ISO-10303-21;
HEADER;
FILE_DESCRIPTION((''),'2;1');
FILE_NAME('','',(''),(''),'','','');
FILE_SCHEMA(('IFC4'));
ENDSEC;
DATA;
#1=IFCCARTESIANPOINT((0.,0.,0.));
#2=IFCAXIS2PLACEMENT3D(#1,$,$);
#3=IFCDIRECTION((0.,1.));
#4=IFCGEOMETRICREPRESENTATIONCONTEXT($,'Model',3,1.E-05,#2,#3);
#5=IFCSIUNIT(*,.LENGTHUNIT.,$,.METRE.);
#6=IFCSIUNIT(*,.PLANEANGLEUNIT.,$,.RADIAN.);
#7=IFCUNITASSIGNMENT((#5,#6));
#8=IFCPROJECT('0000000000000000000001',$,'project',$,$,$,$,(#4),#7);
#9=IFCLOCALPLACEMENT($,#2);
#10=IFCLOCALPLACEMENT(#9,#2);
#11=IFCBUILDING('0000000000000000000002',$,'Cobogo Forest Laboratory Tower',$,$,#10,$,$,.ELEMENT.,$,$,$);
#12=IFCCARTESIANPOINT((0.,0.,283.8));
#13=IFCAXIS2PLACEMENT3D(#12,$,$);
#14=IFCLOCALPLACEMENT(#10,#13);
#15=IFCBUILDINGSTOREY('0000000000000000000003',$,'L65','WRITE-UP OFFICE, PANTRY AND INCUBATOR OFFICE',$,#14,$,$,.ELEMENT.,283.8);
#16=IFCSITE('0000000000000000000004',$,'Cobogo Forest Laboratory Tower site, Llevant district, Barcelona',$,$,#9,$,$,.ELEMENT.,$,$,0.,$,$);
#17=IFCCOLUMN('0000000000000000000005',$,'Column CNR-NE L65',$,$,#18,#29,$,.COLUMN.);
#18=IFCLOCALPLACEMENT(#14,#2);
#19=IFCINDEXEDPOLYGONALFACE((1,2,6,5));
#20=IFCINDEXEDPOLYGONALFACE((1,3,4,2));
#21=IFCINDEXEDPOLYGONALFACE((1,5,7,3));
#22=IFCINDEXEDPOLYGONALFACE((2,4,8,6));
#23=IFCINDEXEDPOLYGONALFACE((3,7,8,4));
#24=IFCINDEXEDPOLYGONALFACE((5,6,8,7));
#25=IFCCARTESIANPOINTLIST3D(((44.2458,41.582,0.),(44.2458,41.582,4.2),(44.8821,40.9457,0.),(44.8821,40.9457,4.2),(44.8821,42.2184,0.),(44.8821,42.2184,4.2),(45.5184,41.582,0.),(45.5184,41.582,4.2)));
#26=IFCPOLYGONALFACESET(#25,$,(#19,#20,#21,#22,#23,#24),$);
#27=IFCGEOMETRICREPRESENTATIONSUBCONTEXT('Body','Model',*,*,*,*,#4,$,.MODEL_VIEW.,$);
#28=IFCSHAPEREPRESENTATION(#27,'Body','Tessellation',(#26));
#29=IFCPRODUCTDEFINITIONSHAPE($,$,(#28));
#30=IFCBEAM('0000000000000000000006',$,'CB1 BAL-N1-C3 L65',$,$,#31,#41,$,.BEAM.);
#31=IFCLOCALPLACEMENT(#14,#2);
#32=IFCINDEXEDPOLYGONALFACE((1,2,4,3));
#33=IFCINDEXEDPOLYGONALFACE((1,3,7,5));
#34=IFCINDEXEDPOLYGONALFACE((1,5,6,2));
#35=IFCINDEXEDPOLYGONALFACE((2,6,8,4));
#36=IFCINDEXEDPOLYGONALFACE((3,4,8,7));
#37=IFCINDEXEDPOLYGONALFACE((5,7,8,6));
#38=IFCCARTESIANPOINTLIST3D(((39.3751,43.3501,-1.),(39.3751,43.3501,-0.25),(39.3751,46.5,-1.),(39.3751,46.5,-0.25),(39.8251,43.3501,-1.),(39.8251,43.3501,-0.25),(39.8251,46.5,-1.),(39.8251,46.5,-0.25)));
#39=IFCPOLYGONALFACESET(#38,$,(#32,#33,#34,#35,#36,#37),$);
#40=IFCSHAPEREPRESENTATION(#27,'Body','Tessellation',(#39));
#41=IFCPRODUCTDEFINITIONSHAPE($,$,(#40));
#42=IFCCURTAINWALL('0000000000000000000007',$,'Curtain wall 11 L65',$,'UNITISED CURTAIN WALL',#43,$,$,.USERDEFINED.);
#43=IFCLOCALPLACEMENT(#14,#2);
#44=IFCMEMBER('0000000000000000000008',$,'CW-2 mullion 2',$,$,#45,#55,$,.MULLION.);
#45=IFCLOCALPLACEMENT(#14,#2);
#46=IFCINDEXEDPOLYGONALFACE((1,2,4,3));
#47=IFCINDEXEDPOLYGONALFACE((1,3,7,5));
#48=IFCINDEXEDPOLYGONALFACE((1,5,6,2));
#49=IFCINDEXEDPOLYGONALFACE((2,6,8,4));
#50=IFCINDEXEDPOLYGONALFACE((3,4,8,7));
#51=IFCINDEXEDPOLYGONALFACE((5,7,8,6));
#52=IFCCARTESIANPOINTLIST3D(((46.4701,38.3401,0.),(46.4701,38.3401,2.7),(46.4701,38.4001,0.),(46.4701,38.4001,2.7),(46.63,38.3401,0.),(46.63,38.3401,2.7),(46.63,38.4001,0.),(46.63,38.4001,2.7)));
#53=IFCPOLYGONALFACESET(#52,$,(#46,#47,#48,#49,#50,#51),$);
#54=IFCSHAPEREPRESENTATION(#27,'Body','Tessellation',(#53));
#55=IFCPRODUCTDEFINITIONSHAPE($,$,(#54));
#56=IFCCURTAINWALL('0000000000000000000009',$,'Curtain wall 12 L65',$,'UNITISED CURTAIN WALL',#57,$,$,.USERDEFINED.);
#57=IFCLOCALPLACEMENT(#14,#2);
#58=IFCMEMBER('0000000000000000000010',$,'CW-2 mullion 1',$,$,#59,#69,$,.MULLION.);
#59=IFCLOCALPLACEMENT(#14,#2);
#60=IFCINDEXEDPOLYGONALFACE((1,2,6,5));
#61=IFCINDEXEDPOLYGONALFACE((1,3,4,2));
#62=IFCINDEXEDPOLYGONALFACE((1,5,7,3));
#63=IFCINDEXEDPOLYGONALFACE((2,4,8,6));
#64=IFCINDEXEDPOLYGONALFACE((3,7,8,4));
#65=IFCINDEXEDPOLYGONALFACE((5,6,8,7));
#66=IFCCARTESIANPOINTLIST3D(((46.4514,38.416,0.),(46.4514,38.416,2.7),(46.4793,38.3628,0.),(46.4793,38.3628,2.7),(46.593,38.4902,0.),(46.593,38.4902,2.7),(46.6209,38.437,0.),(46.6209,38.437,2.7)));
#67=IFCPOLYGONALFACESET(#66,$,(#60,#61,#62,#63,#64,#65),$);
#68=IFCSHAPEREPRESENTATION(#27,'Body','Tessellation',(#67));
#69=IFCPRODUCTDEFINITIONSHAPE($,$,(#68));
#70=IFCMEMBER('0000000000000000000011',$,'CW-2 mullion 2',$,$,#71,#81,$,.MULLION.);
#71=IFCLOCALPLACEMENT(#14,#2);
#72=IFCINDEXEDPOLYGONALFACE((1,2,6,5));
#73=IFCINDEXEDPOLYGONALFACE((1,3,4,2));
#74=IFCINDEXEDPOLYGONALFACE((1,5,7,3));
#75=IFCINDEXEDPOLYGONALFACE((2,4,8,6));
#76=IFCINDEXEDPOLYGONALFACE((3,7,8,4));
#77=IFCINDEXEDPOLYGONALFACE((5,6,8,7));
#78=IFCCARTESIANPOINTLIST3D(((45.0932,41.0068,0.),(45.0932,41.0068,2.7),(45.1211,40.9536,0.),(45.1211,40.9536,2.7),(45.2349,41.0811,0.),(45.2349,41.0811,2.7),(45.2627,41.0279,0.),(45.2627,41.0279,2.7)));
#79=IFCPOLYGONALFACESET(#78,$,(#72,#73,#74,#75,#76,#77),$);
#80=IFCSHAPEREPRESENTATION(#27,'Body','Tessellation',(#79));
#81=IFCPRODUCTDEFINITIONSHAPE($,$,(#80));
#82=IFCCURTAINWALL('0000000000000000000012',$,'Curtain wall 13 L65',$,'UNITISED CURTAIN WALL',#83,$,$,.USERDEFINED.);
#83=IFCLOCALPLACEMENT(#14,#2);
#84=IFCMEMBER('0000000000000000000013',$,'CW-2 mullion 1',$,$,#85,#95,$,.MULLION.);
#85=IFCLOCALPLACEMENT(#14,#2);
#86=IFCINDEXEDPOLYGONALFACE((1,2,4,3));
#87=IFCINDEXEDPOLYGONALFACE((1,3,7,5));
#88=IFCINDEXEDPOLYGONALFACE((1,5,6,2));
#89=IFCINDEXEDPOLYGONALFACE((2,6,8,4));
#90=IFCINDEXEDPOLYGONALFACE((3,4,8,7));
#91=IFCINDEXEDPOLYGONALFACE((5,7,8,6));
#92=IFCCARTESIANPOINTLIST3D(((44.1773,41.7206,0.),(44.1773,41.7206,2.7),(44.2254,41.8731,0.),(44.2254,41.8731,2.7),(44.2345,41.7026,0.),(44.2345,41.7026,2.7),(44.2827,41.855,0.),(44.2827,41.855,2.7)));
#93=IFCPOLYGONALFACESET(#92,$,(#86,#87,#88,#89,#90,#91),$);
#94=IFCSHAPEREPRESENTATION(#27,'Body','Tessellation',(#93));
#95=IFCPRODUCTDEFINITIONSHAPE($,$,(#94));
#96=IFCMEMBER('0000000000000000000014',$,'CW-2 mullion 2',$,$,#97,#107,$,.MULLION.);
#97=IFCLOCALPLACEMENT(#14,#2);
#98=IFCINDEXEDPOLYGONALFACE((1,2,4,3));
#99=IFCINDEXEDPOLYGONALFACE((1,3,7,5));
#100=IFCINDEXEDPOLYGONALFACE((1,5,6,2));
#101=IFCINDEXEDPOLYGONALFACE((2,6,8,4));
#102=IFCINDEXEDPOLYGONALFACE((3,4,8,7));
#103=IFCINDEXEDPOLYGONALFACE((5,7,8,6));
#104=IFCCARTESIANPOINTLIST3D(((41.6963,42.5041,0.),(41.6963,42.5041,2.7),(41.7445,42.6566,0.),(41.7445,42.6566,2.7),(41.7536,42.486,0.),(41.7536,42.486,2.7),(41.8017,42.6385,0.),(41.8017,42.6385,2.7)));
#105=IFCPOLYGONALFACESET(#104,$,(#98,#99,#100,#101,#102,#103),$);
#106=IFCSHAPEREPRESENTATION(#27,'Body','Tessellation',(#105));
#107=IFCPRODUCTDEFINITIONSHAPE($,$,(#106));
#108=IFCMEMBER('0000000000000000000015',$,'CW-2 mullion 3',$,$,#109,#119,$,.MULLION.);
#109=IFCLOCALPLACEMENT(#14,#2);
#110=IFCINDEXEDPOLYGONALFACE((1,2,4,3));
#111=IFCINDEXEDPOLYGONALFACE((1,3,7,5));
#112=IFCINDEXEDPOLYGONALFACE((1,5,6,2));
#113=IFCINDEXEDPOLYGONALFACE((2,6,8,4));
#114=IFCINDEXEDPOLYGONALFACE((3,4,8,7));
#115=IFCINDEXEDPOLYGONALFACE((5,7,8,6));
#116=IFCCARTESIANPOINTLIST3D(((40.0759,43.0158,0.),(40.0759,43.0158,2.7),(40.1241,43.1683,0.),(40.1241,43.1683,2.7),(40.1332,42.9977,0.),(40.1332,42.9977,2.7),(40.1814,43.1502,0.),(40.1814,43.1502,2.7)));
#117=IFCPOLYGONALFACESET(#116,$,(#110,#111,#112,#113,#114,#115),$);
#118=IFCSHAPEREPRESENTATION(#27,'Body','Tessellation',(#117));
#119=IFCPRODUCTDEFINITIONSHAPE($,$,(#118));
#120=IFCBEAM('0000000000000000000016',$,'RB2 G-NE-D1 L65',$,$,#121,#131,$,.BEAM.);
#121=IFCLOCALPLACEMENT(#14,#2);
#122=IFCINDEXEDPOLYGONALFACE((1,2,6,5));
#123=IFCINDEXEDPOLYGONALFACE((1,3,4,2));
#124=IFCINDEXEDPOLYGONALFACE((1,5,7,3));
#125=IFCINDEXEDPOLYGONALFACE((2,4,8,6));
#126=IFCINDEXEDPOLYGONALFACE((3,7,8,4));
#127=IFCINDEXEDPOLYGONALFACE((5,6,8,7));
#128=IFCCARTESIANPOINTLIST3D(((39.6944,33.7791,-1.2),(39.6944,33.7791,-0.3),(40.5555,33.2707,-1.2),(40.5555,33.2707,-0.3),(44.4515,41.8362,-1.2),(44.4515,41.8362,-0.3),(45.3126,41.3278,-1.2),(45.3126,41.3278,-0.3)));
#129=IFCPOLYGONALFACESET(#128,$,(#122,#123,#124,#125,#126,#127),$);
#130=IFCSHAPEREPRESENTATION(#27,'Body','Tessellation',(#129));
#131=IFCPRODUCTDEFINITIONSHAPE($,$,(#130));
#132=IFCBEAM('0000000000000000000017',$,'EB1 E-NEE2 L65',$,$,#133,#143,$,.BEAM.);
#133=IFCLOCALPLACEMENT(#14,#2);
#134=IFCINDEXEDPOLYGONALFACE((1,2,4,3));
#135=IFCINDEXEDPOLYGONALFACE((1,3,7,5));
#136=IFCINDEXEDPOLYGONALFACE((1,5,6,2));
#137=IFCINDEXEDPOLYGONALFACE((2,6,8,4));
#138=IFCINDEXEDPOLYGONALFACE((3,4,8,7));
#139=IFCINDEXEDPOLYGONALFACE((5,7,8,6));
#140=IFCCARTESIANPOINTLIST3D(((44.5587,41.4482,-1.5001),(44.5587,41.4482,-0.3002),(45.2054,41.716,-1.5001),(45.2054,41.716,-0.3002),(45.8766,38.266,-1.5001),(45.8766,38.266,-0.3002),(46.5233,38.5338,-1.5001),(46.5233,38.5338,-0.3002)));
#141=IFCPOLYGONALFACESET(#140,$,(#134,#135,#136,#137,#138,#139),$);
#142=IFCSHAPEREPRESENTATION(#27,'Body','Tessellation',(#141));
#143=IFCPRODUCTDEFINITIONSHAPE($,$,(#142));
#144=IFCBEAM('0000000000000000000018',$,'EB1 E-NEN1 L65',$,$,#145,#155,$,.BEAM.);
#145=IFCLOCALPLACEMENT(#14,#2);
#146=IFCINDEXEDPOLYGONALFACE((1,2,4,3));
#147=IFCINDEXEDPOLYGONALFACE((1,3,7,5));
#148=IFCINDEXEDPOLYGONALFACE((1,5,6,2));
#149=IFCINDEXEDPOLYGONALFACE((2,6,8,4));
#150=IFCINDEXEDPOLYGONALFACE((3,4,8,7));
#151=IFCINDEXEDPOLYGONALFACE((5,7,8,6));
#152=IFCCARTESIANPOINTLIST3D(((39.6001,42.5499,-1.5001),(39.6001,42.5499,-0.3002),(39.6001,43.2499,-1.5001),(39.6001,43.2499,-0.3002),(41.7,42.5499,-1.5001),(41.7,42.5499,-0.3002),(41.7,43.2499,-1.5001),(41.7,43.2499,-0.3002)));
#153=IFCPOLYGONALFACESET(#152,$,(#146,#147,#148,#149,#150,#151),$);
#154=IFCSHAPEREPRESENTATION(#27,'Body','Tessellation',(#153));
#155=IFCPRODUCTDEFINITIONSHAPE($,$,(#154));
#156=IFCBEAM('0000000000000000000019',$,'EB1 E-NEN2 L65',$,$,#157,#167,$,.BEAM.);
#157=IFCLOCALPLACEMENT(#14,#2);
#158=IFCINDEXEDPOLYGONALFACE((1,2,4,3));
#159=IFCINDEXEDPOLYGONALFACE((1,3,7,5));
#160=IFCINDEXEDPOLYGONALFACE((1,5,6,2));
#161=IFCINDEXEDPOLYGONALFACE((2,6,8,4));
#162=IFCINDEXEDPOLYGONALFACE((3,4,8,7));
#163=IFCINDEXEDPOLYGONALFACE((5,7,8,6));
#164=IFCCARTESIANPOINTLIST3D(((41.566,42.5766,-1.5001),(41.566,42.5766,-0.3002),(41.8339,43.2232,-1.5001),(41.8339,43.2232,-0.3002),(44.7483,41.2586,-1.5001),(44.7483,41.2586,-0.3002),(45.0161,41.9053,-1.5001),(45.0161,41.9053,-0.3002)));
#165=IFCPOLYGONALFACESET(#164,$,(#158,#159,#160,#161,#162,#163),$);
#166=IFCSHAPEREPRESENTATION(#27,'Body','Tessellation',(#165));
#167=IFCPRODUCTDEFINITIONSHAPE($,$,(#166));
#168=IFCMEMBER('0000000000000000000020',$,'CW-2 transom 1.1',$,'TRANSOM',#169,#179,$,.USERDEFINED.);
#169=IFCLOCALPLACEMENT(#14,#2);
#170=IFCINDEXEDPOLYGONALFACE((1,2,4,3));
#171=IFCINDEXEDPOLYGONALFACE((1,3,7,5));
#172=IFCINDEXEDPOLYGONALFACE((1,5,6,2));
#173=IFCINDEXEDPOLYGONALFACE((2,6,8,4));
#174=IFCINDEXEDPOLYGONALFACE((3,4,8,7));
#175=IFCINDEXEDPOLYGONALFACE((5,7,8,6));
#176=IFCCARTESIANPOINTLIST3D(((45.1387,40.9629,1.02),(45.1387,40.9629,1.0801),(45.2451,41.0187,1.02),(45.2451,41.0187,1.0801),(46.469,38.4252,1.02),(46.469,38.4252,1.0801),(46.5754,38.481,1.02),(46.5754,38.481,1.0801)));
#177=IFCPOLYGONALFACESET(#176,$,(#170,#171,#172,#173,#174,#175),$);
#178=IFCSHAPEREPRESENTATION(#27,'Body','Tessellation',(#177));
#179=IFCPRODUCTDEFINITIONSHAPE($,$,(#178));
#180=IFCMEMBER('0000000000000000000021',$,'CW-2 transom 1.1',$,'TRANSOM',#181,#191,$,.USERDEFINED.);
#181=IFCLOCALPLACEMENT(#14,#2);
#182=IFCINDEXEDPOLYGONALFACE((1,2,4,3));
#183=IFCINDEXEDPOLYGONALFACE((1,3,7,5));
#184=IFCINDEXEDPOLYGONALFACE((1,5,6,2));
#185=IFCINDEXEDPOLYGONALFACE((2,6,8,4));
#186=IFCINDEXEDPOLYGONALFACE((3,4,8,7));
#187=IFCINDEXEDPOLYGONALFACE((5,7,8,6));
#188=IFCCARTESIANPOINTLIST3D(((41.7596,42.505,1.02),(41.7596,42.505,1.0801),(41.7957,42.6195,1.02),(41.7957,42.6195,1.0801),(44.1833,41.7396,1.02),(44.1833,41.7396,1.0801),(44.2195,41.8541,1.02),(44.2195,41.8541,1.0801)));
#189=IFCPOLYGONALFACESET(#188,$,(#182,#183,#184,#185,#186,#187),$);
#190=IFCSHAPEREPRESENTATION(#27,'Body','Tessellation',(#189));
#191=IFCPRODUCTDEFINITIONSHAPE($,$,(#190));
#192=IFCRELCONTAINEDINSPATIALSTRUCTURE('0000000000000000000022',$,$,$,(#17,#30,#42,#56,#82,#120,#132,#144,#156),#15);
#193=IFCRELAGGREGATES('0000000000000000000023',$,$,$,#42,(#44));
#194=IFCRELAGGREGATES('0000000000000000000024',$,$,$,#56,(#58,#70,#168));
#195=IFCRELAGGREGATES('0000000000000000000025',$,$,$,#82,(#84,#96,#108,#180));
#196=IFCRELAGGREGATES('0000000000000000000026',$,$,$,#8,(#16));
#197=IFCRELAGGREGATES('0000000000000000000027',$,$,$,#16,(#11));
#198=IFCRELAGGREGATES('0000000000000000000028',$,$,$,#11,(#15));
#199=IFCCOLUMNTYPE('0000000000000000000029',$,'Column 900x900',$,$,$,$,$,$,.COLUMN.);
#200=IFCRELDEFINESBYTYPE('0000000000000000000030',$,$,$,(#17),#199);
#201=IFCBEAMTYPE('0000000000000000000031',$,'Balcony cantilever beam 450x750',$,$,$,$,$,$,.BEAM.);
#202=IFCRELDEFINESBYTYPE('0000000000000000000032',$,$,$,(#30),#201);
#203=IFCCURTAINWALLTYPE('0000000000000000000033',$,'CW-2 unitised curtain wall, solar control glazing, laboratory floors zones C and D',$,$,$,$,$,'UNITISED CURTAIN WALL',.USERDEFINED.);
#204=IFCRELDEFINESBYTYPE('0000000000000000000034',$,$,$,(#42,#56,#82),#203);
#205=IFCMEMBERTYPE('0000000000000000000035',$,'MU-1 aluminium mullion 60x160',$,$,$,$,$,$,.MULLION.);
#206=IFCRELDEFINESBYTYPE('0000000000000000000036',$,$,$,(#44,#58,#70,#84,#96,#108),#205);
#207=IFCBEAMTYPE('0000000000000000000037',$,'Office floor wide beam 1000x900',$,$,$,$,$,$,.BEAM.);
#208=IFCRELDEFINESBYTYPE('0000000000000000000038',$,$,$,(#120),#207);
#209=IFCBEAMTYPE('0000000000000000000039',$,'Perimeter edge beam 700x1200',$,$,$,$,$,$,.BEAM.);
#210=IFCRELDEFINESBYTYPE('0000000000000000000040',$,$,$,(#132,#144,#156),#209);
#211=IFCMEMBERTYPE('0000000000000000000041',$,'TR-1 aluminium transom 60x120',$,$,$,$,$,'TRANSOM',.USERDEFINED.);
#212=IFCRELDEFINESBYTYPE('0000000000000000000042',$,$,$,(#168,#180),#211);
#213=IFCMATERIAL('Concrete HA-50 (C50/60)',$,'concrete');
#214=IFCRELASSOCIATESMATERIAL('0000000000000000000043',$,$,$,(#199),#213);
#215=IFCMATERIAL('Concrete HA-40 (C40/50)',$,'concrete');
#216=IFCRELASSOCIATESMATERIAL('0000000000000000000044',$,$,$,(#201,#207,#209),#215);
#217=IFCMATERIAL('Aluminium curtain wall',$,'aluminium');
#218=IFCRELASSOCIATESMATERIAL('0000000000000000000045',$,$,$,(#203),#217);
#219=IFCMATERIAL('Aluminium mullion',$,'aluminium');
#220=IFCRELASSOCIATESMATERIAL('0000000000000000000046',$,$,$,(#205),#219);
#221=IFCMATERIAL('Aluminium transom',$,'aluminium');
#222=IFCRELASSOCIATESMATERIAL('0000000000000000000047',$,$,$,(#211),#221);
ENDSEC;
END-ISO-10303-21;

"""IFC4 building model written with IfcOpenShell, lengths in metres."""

from ifc_helpers import new_model, si_unit, direction, frame, origin, origin_2d, place, context, subcontext, project, spatial, rectangle, extrude, material, material_profile, profile_set, type_object, element, aggregate, save


model = new_model("IFC4")

# Units and contexts
model_context = context("Model", 3, precision=1e-05, world=origin(), true_north=direction((0.0, 1.0)))
body_context = subcontext(model_context, "Body", "Model", "MODEL_VIEW")
ifc_project = project(units=[si_unit("LENGTHUNIT", "METRE"), si_unit("PLANEANGLEUNIT", "RADIAN")], contexts=[model_context])

# Site, building, storey
site_placement = place(None, origin())
site = spatial("IfcSite", under=ifc_project, at=site_placement, Name="Cobogo Forest Laboratory Tower site, Llevant district, Barcelona", CompositionType="ELEMENT", RefElevation=0.0)
building_placement = place(site_placement, origin())
building = spatial("IfcBuilding", under=site, at=building_placement, Name="Cobogo Forest Laboratory Tower", CompositionType="ELEMENT")
storey_placement = place(building_placement, frame((0.0, 0.0, 283.8)))
storey = spatial("IfcBuildingStorey", under=building, at=storey_placement, Name="L65", Description="WRITE-UP OFFICE, PANTRY AND INCUBATOR OFFICE", CompositionType="ELEMENT", Elevation=283.8)

# Column
ifc_material_1 = material(Name="Concrete HA-50 (C50/60)", Category="concrete")
ifc_material_profile_1 = material_profile(ifc_material_1, rectangle(XDim=0.8999, YDim=0.8999, at=origin_2d()), Name="RC 900x900")
ifc_profile_set_1 = profile_set([ifc_material_profile_1], Name="Concrete HA-50 (C50/60)")
column_type = type_object("IfcColumnType", Name="Column 900x900", PredefinedType="COLUMN", material=ifc_profile_set_1)
column_placement = place(storey_placement, frame((44.8821, 41.582, 0.0), z_axis=(0.0, 0.0, 1.0), x_axis=(0.707107, 0.707107, 0.0)))
element("IfcColumn", 1, at=column_placement, inside=storey, type_object=column_type, Name="Column CNR-NE L65", PredefinedType="COLUMN", context=body_context, shape_type="SweptSolid", body=[
    extrude(rectangle(XDim=0.8999, YDim=0.8999, at=origin_2d()), origin(), (0.0, 0.0, 1.0), 4.2),
])

# Beam
ifc_material_2 = material(Name="Concrete HA-40 (C40/50)", Category="concrete")
ifc_material_profile_2 = material_profile(ifc_material_2, rectangle(XDim=0.45, YDim=0.75, at=origin_2d()), Name="RC 450x750")
ifc_profile_set_2 = profile_set([ifc_material_profile_2], Name="Concrete HA-40 (C40/50)")
beam_type_1 = type_object("IfcBeamType", Name="Balcony cantilever beam 450x750", PredefinedType="BEAM", material=ifc_profile_set_2)
beam_1_placement = place(storey_placement, frame((39.6001, 43.3501, -0.625), z_axis=(0.0, 1.0, 0.0), x_axis=(-1.0, 0.0, 0.0)))
element("IfcBeam", 2, at=beam_1_placement, inside=storey, type_object=beam_type_1, Name="CB1 BAL-N1-C3 L65", PredefinedType="BEAM", context=body_context, shape_type="SweptSolid", body=[
    extrude(rectangle(XDim=0.45, YDim=0.75, at=origin_2d()), origin(), (0.0, 0.0, 1.0), 3.1499),
])

# Curtain wall, member
ifc_material_3 = material(Name="Aluminium curtain wall", Category="aluminium")
curtain_wall_type = type_object("IfcCurtainWallType", Name="CW-2 unitised curtain wall, solar control glazing, laboratory floors zones C and D", ElementType="UNITISED CURTAIN WALL", PredefinedType="USERDEFINED", material=ifc_material_3)
curtain_wall_1_placement = place(storey_placement, origin())
curtain_wall_1 = element("IfcCurtainWall", 3, at=curtain_wall_1_placement, inside=storey, type_object=curtain_wall_type, Name="Curtain wall 11 L65", ObjectType="UNITISED CURTAIN WALL", PredefinedType="USERDEFINED")
ifc_material_4 = material(Name="Aluminium mullion", Category="aluminium")
ifc_material_profile_3 = material_profile(ifc_material_4, rectangle(XDim=0.0601, YDim=0.1599, at=origin_2d()), Name="AL 60x160")
ifc_profile_set_3 = profile_set([ifc_material_profile_3], Name="Aluminium mullion")
member_type_1 = type_object("IfcMemberType", Name="MU-1 aluminium mullion 60x160", PredefinedType="MULLION", material=ifc_profile_set_3)
member_1_placement = place(storey_placement, frame((46.55, 38.3701, 0.0), z_axis=(0.0, 0.0, 1.0), x_axis=(0.0, 1.0, 0.0)))
member_1 = element("IfcMember", 4, at=member_1_placement, type_object=member_type_1, Name="CW-2 mullion 2", PredefinedType="MULLION", context=body_context, shape_type="SweptSolid", body=[
    extrude(rectangle(XDim=0.0601, YDim=0.1599, at=origin_2d()), origin(), (0.0, 0.0, 1.0), 2.7),
])

# Curtain walls, members
curtain_wall_2_placement = place(storey_placement, origin())
curtain_wall_2 = element("IfcCurtainWall", 5, at=curtain_wall_2_placement, inside=storey, type_object=curtain_wall_type, Name="Curtain wall 12 L65", ObjectType="UNITISED CURTAIN WALL", PredefinedType="USERDEFINED")
member_2_placement = place(storey_placement, frame((46.5361, 38.4265, 0.0), z_axis=(0.0, 0.0, 1.0), x_axis=(-0.464284, 0.885686, 0.0)))
member_2 = element("IfcMember", 6, at=member_2_placement, type_object=member_type_1, Name="CW-2 mullion 1", PredefinedType="MULLION", context=body_context, shape_type="SweptSolid", body=[
    extrude(rectangle(XDim=0.0601, YDim=0.1599, at=origin_2d()), origin(), (0.0, 0.0, 1.0), 2.7),
])
member_3_placement = place(storey_placement, frame((45.178, 41.0173, 0.0), z_axis=(0.0, 0.0, 1.0), x_axis=(-0.464284, 0.885686, 0.0)))
member_3 = element("IfcMember", 7, at=member_3_placement, type_object=member_type_1, Name="CW-2 mullion 2", PredefinedType="MULLION", context=body_context, shape_type="SweptSolid", body=[
    extrude(rectangle(XDim=0.0601, YDim=0.1599, at=origin_2d()), origin(), (0.0, 0.0, 1.0), 2.7),
])
curtain_wall_3_placement = place(storey_placement, origin())
curtain_wall_3 = element("IfcCurtainWall", 8, at=curtain_wall_3_placement, inside=storey, type_object=curtain_wall_type, Name="Curtain wall 13 L65", ObjectType="UNITISED CURTAIN WALL", PredefinedType="USERDEFINED")
member_4_placement = place(storey_placement, frame((44.23, 41.7878, 0.0), z_axis=(0.0, 0.0, 1.0), x_axis=(-0.953581, 0.301135, 0.0)))
member_4 = element("IfcMember", 9, at=member_4_placement, type_object=member_type_1, Name="CW-2 mullion 1", PredefinedType="MULLION", context=body_context, shape_type="SweptSolid", body=[
    extrude(rectangle(XDim=0.0601, YDim=0.1599, at=origin_2d()), origin(), (0.0, 0.0, 1.0), 2.7),
])
member_5_placement = place(storey_placement, frame((41.749, 42.5713, 0.0), z_axis=(0.0, 0.0, 1.0), x_axis=(-0.953581, 0.301135, 0.0)))
member_5 = element("IfcMember", 10, at=member_5_placement, type_object=member_type_1, Name="CW-2 mullion 2", PredefinedType="MULLION", context=body_context, shape_type="SweptSolid", body=[
    extrude(rectangle(XDim=0.0601, YDim=0.1599, at=origin_2d()), origin(), (0.0, 0.0, 1.0), 2.7),
])
member_6_placement = place(storey_placement, frame((40.1287, 43.083, 0.0), z_axis=(0.0, 0.0, 1.0), x_axis=(-0.953581, 0.301135, 0.0)))
member_6 = element("IfcMember", 11, at=member_6_placement, type_object=member_type_1, Name="CW-2 mullion 3", PredefinedType="MULLION", context=body_context, shape_type="SweptSolid", body=[
    extrude(rectangle(XDim=0.0601, YDim=0.1599, at=origin_2d()), origin(), (0.0, 0.0, 1.0), 2.7),
])

# Beams
ifc_material_profile_4 = material_profile(ifc_material_2, rectangle(XDim=1.0, YDim=0.8999, at=origin_2d()), Name="RC 1000x900")
ifc_profile_set_4 = profile_set([ifc_material_profile_4], Name="Concrete HA-40 (C40/50)")
beam_type_2 = type_object("IfcBeamType", Name="Office floor wide beam 1000x900", PredefinedType="BEAM", material=ifc_profile_set_4)
beam_2_placement = place(storey_placement, frame((44.8821, 41.582, -0.75), z_axis=(-0.508416, -0.861111, 0.0), x_axis=(0.861111, -0.508416, 0.0)))
element("IfcBeam", 12, at=beam_2_placement, inside=storey, type_object=beam_type_2, Name="RB2 G-NE-D1 L65", PredefinedType="BEAM", context=body_context, shape_type="SweptSolid", body=[
    extrude(rectangle(XDim=1.0, YDim=0.8999, at=origin_2d()), origin(), (0.0, 0.0, 1.0), 9.3567),
])
ifc_material_profile_5 = material_profile(ifc_material_2, rectangle(XDim=0.7, YDim=1.2, at=origin_2d()), Name="RC 700x1200")
ifc_profile_set_5 = profile_set([ifc_material_profile_5], Name="Concrete HA-40 (C40/50)")
beam_type_3 = type_object("IfcBeamType", Name="Perimeter edge beam 700x1200", PredefinedType="BEAM", material=ifc_profile_set_5)
beam_3_placement = place(storey_placement, frame((46.2, 38.3999, -0.9001), z_axis=(-0.382631, 0.923901, 0.0), x_axis=(-0.923901, -0.382631, 0.0)))
element("IfcBeam", 13, at=beam_3_placement, inside=storey, type_object=beam_type_3, Name="EB1 E-NEE2 L65", PredefinedType="BEAM", context=body_context, shape_type="SweptSolid", body=[
    extrude(rectangle(XDim=0.7, YDim=1.2, at=origin_2d()), origin(), (0.0, 0.0, 1.0), 3.4443),
])
beam_4_placement = place(storey_placement, frame((39.6001, 42.8999, -0.9001), z_axis=(1.0, 0.0, 0.0), x_axis=(0.0, 1.0, 0.0)))
element("IfcBeam", 14, at=beam_4_placement, inside=storey, type_object=beam_type_3, Name="EB1 E-NEN1 L65", PredefinedType="BEAM", context=body_context, shape_type="SweptSolid", body=[
    extrude(rectangle(XDim=0.7, YDim=1.2, at=origin_2d()), origin(), (0.0, 0.0, 1.0), 2.0999),
])
beam_5_placement = place(storey_placement, frame((41.7, 42.8999, -0.9001), z_axis=(0.923901, -0.382631, 0.0), x_axis=(0.382631, 0.923901, 0.0)))
element("IfcBeam", 15, at=beam_5_placement, inside=storey, type_object=beam_type_3, Name="EB1 E-NEN2 L65", PredefinedType="BEAM", context=body_context, shape_type="SweptSolid", body=[
    extrude(rectangle(XDim=0.7, YDim=1.2, at=origin_2d()), origin(), (0.0, 0.0, 1.0), 3.4443),
])

# Members
ifc_material_5 = material(Name="Aluminium transom", Category="aluminium")
ifc_material_profile_6 = material_profile(ifc_material_5, rectangle(XDim=0.1201, YDim=0.0601, at=origin_2d()), Name="AL 60x120")
ifc_profile_set_6 = profile_set([ifc_material_profile_6], Name="Aluminium transom")
member_type_2 = type_object("IfcMemberType", Name="TR-1 aluminium transom 60x120", ElementType="TRANSOM", PredefinedType="USERDEFINED", material=ifc_profile_set_6)
member_7_placement = place(storey_placement, frame((46.5222, 38.4531, 1.05), z_axis=(-0.464309, 0.885673, 0.0), x_axis=(-0.885673, -0.464309, 0.0)))
member_7 = element("IfcMember", 16, at=member_7_placement, type_object=member_type_2, Name="CW-2 transom 1.1", ObjectType="TRANSOM", PredefinedType="USERDEFINED", context=body_context, shape_type="SweptSolid", body=[
    extrude(rectangle(XDim=0.1201, YDim=0.0601, at=origin_2d()), origin(), (0.0, 0.0, 1.0), 2.8652),
])
member_8_placement = place(storey_placement, frame((44.2014, 41.7969, 1.05), z_axis=(-0.953587, 0.301118, 0.0), x_axis=(-0.301118, -0.953587, 0.0)))
member_8 = element("IfcMember", 17, at=member_8_placement, type_object=member_type_2, Name="CW-2 transom 1.1", ObjectType="TRANSOM", PredefinedType="USERDEFINED", context=body_context, shape_type="SweptSolid", body=[
    extrude(rectangle(XDim=0.1201, YDim=0.0601, at=origin_2d()), origin(), (0.0, 0.0, 1.0), 2.5417),
])

aggregate(curtain_wall_1, [member_1])
aggregate(curtain_wall_2, [member_2, member_3, member_7])
aggregate(curtain_wall_3, [member_4, member_5, member_6, member_8])

save(model, "model.ifc")
